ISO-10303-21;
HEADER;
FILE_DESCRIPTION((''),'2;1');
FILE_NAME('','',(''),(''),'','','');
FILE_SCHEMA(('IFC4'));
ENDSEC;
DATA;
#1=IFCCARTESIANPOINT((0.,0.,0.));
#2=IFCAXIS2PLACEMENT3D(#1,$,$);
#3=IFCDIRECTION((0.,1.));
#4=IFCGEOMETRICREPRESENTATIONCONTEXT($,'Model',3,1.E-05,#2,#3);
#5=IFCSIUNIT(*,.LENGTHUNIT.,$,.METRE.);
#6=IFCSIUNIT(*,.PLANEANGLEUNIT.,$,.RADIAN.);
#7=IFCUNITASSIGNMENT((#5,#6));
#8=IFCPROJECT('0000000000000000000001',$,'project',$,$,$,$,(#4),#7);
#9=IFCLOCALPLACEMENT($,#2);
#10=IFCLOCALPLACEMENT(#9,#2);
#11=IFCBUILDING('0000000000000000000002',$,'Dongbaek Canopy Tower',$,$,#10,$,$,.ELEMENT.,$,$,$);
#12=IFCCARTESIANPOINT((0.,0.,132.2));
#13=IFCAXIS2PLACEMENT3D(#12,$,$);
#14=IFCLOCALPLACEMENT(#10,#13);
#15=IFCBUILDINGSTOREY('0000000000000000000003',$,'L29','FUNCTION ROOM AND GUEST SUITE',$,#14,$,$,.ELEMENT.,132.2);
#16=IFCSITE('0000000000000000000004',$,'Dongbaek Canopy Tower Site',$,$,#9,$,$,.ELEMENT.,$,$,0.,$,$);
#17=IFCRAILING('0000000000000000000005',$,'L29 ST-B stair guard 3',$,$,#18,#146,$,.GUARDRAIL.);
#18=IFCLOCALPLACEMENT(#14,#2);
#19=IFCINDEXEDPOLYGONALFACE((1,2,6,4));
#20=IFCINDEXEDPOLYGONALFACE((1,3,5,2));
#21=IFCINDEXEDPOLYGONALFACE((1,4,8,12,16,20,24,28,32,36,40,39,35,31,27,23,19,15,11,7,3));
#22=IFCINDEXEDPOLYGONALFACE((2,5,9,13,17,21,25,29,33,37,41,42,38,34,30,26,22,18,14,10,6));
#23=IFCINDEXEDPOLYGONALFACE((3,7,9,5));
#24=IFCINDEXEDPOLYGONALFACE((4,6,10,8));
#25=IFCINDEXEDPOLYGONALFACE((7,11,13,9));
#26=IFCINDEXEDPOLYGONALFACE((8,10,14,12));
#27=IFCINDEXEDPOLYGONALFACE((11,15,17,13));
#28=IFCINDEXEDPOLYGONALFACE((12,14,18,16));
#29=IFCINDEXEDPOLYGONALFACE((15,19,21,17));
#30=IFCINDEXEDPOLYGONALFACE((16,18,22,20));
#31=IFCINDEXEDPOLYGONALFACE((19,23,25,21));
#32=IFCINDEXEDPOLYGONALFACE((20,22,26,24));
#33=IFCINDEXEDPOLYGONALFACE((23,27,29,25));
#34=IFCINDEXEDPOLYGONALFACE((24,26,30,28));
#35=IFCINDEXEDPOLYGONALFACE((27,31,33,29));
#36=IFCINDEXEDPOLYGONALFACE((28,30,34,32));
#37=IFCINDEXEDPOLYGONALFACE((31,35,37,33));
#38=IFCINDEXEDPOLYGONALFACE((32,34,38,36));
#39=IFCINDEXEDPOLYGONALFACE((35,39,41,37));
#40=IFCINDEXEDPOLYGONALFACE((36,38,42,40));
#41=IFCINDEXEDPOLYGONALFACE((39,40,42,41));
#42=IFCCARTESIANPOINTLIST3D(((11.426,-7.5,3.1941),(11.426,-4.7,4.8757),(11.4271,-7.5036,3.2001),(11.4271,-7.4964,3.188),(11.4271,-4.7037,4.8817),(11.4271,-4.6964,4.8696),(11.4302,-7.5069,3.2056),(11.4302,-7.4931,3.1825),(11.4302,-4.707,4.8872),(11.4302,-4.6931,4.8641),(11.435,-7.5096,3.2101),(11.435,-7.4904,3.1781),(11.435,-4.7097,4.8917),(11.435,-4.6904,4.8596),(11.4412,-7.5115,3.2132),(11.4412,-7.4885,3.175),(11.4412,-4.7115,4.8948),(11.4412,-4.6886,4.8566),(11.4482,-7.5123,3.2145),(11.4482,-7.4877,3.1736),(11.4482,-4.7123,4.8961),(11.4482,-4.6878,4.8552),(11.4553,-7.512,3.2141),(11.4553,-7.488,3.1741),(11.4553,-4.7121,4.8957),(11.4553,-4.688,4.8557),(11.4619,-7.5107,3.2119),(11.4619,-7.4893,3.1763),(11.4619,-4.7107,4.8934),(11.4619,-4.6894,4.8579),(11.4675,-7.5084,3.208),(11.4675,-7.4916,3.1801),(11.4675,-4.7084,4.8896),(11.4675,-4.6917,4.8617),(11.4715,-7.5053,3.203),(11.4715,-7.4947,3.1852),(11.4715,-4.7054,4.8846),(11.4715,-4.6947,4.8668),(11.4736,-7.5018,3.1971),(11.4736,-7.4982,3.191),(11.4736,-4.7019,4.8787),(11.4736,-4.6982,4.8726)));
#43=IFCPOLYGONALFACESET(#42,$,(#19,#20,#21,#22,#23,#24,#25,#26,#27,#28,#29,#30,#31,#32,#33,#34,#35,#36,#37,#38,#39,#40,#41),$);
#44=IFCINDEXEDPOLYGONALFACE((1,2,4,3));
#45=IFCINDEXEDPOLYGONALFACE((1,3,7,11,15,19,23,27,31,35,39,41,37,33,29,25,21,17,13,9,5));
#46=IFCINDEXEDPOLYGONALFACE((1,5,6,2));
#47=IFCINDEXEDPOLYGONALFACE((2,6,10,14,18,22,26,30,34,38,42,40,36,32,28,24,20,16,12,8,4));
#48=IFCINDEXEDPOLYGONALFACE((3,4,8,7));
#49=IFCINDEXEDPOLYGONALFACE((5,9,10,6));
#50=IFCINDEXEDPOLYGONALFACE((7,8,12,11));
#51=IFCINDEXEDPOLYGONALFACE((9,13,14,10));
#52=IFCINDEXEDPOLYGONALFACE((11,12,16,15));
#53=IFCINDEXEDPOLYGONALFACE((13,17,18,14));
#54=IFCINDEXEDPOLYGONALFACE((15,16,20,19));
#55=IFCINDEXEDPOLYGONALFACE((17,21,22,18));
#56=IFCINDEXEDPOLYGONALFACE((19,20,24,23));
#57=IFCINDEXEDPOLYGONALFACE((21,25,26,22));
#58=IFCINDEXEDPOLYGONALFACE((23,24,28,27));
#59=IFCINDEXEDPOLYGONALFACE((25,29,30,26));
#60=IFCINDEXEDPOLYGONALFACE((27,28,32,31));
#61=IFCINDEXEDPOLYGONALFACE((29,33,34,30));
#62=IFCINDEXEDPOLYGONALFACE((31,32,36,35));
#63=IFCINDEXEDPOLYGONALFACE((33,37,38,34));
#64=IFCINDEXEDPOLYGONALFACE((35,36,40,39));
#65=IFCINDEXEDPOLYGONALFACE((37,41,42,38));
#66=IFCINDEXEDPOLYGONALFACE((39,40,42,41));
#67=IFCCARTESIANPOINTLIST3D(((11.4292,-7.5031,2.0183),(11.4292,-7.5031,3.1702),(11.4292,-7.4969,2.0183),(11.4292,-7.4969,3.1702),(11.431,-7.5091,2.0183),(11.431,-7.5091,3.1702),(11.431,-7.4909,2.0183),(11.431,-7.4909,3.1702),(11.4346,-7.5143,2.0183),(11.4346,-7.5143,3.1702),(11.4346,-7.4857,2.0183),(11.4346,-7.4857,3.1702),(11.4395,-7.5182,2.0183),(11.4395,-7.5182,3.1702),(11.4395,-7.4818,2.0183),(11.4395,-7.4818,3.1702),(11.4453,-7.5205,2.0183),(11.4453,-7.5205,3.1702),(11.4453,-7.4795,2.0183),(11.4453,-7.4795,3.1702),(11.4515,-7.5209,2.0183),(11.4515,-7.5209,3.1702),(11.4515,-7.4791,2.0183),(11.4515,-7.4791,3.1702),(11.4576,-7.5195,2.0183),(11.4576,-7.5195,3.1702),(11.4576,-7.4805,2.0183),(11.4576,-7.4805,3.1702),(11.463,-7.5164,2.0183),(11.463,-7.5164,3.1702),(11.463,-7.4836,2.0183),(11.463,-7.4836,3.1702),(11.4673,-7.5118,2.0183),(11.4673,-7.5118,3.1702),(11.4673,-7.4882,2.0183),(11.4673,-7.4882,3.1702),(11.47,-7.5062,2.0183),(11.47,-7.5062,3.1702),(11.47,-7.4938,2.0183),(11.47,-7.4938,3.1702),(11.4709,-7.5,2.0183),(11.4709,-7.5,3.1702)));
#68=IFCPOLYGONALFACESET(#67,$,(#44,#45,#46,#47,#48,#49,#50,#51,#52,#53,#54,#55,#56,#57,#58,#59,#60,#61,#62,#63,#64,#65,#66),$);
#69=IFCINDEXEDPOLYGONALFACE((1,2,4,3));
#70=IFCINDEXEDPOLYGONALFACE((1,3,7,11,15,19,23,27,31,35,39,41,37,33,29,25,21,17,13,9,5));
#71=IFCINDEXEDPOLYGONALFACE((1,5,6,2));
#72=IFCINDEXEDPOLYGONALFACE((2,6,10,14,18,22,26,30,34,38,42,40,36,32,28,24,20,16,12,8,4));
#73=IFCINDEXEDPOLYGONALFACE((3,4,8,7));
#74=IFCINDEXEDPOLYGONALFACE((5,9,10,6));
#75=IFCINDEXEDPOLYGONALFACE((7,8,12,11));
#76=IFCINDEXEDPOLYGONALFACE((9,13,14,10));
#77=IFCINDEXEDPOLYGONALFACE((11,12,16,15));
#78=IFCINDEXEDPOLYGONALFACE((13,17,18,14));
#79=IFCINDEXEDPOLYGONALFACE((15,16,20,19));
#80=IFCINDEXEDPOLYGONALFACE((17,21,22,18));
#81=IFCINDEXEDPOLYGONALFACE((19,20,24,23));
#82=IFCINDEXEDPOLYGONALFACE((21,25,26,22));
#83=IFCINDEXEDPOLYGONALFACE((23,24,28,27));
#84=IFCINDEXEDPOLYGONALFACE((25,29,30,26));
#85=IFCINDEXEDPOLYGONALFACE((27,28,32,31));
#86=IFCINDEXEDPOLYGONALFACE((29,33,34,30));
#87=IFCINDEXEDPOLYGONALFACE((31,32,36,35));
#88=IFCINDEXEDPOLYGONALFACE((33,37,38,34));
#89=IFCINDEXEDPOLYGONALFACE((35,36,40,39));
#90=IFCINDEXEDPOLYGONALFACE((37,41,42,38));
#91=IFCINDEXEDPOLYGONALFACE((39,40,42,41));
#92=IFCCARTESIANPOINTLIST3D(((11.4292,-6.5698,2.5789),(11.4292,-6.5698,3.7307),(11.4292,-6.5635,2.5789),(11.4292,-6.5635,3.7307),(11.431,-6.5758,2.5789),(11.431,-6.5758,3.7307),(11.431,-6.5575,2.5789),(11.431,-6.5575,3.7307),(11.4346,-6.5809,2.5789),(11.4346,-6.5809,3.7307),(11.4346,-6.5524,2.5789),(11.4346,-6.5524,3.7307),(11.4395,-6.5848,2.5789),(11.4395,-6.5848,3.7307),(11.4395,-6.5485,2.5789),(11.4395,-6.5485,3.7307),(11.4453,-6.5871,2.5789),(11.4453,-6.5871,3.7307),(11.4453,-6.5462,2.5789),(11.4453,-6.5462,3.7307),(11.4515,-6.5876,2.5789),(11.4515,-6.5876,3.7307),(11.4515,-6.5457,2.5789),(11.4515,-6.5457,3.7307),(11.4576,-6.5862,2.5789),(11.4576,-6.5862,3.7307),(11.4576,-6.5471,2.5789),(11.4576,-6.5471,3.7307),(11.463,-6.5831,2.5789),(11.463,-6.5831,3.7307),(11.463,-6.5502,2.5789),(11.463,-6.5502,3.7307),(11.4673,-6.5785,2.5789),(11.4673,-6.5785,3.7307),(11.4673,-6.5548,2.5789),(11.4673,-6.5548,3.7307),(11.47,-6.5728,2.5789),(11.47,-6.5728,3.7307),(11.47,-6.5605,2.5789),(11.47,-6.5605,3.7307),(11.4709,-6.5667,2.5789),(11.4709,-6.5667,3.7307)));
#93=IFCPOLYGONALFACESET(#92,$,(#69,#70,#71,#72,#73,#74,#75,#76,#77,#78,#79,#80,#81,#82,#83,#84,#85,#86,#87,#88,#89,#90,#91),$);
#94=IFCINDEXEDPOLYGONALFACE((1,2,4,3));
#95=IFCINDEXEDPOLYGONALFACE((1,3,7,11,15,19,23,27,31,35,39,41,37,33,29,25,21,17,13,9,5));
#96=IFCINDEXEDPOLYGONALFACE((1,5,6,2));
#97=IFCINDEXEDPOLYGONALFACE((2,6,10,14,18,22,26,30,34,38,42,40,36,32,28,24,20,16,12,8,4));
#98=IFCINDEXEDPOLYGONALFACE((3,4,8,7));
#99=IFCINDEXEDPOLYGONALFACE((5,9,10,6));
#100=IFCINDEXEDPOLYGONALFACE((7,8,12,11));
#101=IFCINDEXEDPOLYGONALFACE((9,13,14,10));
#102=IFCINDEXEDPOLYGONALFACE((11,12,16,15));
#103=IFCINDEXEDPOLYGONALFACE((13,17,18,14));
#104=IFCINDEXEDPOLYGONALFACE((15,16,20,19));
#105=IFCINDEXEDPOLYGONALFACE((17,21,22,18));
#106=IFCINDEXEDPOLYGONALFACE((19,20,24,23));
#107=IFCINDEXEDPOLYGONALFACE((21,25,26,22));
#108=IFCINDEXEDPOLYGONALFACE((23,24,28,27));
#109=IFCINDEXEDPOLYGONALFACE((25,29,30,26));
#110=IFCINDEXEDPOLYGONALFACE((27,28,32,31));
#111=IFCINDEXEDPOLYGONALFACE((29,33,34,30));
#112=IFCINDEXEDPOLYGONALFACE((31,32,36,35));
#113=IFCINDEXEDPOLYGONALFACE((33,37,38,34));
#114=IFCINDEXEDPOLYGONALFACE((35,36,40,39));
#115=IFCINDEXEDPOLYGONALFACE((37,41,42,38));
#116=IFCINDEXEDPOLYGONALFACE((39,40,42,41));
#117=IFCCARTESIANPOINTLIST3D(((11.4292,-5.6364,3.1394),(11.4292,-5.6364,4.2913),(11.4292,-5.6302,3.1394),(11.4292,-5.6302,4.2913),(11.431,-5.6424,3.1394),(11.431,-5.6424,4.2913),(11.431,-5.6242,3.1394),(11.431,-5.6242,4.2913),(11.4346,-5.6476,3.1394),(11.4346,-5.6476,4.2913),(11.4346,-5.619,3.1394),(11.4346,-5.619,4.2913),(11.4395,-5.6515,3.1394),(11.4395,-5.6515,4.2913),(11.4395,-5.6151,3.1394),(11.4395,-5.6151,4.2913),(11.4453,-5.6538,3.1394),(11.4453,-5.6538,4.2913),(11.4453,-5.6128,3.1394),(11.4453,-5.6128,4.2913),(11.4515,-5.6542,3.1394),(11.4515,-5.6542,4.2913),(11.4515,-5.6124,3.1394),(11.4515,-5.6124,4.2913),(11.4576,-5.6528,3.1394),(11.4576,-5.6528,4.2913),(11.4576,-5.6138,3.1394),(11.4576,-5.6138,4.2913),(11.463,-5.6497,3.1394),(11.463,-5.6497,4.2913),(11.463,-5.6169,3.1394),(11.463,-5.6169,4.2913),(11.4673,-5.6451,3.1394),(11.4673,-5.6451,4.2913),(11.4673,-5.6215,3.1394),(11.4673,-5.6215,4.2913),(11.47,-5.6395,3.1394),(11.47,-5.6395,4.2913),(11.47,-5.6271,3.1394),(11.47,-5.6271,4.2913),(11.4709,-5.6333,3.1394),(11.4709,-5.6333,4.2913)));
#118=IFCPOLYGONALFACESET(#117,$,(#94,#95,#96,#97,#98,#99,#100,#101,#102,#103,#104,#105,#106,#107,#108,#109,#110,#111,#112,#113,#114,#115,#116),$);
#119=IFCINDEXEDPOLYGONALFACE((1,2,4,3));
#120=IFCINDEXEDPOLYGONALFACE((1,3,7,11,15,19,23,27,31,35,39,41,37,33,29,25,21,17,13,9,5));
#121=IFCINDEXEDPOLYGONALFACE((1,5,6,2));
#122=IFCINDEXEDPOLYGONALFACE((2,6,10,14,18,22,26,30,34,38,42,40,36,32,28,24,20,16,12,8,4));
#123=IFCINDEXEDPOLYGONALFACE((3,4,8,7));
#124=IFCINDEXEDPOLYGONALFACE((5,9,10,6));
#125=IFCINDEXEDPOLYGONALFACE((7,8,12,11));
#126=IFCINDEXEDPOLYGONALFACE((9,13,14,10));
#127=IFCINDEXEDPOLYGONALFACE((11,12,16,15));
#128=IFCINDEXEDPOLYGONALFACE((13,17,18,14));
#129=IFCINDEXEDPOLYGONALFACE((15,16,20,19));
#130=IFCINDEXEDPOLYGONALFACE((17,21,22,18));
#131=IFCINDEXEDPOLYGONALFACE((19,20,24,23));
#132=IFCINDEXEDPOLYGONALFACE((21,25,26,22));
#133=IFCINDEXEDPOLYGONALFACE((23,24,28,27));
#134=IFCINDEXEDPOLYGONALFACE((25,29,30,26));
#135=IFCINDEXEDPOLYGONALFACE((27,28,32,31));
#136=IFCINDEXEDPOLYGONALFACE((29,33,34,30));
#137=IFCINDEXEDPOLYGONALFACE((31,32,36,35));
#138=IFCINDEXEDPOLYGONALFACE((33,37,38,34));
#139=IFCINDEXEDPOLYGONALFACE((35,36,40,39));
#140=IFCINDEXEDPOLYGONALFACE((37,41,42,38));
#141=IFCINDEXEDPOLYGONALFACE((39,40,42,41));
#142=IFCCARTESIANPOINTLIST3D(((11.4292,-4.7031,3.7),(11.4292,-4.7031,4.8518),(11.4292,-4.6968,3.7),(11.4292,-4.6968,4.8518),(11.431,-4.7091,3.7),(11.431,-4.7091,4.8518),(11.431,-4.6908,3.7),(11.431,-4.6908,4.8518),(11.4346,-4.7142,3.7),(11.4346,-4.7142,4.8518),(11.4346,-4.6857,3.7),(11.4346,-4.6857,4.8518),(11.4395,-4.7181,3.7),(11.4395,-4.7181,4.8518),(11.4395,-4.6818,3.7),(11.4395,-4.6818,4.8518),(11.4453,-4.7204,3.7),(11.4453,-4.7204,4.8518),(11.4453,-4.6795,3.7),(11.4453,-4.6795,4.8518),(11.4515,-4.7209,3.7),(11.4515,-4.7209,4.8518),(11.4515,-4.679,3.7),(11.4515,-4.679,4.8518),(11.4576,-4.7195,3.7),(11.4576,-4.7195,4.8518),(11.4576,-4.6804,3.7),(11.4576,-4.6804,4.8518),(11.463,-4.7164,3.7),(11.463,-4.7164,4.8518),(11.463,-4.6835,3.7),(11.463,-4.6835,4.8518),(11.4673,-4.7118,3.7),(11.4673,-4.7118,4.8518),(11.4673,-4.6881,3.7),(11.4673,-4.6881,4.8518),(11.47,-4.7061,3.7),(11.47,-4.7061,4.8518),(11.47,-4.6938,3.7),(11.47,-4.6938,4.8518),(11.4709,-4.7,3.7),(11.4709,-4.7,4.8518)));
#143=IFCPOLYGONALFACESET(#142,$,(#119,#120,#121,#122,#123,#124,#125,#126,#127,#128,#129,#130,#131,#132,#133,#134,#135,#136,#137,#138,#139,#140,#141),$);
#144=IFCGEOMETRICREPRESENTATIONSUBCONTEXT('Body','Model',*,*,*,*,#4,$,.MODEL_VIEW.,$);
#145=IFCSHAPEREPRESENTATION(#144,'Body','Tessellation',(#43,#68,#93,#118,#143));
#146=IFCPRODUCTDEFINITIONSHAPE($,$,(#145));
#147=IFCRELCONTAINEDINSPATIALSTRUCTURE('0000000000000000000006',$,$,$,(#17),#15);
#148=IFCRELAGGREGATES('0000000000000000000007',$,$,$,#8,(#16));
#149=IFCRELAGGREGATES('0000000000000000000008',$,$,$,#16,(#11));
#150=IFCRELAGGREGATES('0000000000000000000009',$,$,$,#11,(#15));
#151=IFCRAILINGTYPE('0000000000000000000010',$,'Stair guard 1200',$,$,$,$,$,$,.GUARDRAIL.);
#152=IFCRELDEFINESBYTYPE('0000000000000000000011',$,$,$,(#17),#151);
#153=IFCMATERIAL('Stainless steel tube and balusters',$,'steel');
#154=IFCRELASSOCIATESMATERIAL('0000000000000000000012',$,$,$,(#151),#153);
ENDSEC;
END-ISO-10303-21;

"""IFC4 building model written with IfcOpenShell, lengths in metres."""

from ifc_helpers import new_model, si_unit, direction, frame, origin, origin_2d, place, context, subcontext, project, spatial, circle, extrude, material, type_object, element, save


model = new_model("IFC4")

# Units and contexts
model_context = context("Model", 3, precision=1e-05, world=origin(), true_north=direction((0.0, 1.0)))
body_context = subcontext(model_context, "Body", "Model", "MODEL_VIEW")
ifc_project = project(units=[si_unit("LENGTHUNIT", "METRE"), si_unit("PLANEANGLEUNIT", "RADIAN")], contexts=[model_context])

# Site, building, storey
site_placement = place(None, origin())
site = spatial("IfcSite", under=ifc_project, at=site_placement, Name="Dongbaek Canopy Tower Site", CompositionType="ELEMENT", RefElevation=0.0)
building_placement = place(site_placement, origin())
building = spatial("IfcBuilding", under=site, at=building_placement, Name="Dongbaek Canopy Tower", CompositionType="ELEMENT")
storey_placement = place(building_placement, frame((0.0, 0.0, 132.2)))
storey = spatial("IfcBuildingStorey", under=building, at=storey_placement, Name="L29", Description="FUNCTION ROOM AND GUEST SUITE", CompositionType="ELEMENT", Elevation=132.2)

# Railing
ifc_material_1 = material(Name="Stainless steel tube and balusters", Category="steel")
railing_type_1 = type_object("IfcRailingType", Name="Stair guard 1200", PredefinedType="GUARDRAIL", material=ifc_material_1)
railing_1_placement = place(storey_placement, frame((11.45, -7.5, 2.0183)))
element("IfcRailing", 1, at=railing_1_placement, inside=storey, type_object=railing_type_1, Name="L29 ST-B stair guard 3", PredefinedType="GUARDRAIL", context=body_context, shape_type="SweptSolid", body=[
    extrude(circle(Radius=0.0239, at=origin_2d()), frame((0.0, 0.0, 1.1758), z_axis=(0.0, 0.857275, 0.514858), x_axis=(-1.0, 0.0, 0.0)), (0.0, 0.0, 1.0), 3.2661),
    extrude(circle(Radius=0.021, at=origin_2d()), origin(), (0.0, 0.0, 1.0), 1.1519),
    extrude(circle(Radius=0.021, at=origin_2d()), frame((0.0, 0.9333, 0.5605)), (0.0, 0.0, 1.0), 1.1519),
    extrude(circle(Radius=0.021, at=origin_2d()), frame((0.0, 1.8667, 1.1211)), (0.0, 0.0, 1.0), 1.1519),
    extrude(circle(Radius=0.021, at=origin_2d()), frame((0.0, 2.8, 1.6816)), (0.0, 0.0, 1.0), 1.1519),
])

save(model, "model.ifc")
